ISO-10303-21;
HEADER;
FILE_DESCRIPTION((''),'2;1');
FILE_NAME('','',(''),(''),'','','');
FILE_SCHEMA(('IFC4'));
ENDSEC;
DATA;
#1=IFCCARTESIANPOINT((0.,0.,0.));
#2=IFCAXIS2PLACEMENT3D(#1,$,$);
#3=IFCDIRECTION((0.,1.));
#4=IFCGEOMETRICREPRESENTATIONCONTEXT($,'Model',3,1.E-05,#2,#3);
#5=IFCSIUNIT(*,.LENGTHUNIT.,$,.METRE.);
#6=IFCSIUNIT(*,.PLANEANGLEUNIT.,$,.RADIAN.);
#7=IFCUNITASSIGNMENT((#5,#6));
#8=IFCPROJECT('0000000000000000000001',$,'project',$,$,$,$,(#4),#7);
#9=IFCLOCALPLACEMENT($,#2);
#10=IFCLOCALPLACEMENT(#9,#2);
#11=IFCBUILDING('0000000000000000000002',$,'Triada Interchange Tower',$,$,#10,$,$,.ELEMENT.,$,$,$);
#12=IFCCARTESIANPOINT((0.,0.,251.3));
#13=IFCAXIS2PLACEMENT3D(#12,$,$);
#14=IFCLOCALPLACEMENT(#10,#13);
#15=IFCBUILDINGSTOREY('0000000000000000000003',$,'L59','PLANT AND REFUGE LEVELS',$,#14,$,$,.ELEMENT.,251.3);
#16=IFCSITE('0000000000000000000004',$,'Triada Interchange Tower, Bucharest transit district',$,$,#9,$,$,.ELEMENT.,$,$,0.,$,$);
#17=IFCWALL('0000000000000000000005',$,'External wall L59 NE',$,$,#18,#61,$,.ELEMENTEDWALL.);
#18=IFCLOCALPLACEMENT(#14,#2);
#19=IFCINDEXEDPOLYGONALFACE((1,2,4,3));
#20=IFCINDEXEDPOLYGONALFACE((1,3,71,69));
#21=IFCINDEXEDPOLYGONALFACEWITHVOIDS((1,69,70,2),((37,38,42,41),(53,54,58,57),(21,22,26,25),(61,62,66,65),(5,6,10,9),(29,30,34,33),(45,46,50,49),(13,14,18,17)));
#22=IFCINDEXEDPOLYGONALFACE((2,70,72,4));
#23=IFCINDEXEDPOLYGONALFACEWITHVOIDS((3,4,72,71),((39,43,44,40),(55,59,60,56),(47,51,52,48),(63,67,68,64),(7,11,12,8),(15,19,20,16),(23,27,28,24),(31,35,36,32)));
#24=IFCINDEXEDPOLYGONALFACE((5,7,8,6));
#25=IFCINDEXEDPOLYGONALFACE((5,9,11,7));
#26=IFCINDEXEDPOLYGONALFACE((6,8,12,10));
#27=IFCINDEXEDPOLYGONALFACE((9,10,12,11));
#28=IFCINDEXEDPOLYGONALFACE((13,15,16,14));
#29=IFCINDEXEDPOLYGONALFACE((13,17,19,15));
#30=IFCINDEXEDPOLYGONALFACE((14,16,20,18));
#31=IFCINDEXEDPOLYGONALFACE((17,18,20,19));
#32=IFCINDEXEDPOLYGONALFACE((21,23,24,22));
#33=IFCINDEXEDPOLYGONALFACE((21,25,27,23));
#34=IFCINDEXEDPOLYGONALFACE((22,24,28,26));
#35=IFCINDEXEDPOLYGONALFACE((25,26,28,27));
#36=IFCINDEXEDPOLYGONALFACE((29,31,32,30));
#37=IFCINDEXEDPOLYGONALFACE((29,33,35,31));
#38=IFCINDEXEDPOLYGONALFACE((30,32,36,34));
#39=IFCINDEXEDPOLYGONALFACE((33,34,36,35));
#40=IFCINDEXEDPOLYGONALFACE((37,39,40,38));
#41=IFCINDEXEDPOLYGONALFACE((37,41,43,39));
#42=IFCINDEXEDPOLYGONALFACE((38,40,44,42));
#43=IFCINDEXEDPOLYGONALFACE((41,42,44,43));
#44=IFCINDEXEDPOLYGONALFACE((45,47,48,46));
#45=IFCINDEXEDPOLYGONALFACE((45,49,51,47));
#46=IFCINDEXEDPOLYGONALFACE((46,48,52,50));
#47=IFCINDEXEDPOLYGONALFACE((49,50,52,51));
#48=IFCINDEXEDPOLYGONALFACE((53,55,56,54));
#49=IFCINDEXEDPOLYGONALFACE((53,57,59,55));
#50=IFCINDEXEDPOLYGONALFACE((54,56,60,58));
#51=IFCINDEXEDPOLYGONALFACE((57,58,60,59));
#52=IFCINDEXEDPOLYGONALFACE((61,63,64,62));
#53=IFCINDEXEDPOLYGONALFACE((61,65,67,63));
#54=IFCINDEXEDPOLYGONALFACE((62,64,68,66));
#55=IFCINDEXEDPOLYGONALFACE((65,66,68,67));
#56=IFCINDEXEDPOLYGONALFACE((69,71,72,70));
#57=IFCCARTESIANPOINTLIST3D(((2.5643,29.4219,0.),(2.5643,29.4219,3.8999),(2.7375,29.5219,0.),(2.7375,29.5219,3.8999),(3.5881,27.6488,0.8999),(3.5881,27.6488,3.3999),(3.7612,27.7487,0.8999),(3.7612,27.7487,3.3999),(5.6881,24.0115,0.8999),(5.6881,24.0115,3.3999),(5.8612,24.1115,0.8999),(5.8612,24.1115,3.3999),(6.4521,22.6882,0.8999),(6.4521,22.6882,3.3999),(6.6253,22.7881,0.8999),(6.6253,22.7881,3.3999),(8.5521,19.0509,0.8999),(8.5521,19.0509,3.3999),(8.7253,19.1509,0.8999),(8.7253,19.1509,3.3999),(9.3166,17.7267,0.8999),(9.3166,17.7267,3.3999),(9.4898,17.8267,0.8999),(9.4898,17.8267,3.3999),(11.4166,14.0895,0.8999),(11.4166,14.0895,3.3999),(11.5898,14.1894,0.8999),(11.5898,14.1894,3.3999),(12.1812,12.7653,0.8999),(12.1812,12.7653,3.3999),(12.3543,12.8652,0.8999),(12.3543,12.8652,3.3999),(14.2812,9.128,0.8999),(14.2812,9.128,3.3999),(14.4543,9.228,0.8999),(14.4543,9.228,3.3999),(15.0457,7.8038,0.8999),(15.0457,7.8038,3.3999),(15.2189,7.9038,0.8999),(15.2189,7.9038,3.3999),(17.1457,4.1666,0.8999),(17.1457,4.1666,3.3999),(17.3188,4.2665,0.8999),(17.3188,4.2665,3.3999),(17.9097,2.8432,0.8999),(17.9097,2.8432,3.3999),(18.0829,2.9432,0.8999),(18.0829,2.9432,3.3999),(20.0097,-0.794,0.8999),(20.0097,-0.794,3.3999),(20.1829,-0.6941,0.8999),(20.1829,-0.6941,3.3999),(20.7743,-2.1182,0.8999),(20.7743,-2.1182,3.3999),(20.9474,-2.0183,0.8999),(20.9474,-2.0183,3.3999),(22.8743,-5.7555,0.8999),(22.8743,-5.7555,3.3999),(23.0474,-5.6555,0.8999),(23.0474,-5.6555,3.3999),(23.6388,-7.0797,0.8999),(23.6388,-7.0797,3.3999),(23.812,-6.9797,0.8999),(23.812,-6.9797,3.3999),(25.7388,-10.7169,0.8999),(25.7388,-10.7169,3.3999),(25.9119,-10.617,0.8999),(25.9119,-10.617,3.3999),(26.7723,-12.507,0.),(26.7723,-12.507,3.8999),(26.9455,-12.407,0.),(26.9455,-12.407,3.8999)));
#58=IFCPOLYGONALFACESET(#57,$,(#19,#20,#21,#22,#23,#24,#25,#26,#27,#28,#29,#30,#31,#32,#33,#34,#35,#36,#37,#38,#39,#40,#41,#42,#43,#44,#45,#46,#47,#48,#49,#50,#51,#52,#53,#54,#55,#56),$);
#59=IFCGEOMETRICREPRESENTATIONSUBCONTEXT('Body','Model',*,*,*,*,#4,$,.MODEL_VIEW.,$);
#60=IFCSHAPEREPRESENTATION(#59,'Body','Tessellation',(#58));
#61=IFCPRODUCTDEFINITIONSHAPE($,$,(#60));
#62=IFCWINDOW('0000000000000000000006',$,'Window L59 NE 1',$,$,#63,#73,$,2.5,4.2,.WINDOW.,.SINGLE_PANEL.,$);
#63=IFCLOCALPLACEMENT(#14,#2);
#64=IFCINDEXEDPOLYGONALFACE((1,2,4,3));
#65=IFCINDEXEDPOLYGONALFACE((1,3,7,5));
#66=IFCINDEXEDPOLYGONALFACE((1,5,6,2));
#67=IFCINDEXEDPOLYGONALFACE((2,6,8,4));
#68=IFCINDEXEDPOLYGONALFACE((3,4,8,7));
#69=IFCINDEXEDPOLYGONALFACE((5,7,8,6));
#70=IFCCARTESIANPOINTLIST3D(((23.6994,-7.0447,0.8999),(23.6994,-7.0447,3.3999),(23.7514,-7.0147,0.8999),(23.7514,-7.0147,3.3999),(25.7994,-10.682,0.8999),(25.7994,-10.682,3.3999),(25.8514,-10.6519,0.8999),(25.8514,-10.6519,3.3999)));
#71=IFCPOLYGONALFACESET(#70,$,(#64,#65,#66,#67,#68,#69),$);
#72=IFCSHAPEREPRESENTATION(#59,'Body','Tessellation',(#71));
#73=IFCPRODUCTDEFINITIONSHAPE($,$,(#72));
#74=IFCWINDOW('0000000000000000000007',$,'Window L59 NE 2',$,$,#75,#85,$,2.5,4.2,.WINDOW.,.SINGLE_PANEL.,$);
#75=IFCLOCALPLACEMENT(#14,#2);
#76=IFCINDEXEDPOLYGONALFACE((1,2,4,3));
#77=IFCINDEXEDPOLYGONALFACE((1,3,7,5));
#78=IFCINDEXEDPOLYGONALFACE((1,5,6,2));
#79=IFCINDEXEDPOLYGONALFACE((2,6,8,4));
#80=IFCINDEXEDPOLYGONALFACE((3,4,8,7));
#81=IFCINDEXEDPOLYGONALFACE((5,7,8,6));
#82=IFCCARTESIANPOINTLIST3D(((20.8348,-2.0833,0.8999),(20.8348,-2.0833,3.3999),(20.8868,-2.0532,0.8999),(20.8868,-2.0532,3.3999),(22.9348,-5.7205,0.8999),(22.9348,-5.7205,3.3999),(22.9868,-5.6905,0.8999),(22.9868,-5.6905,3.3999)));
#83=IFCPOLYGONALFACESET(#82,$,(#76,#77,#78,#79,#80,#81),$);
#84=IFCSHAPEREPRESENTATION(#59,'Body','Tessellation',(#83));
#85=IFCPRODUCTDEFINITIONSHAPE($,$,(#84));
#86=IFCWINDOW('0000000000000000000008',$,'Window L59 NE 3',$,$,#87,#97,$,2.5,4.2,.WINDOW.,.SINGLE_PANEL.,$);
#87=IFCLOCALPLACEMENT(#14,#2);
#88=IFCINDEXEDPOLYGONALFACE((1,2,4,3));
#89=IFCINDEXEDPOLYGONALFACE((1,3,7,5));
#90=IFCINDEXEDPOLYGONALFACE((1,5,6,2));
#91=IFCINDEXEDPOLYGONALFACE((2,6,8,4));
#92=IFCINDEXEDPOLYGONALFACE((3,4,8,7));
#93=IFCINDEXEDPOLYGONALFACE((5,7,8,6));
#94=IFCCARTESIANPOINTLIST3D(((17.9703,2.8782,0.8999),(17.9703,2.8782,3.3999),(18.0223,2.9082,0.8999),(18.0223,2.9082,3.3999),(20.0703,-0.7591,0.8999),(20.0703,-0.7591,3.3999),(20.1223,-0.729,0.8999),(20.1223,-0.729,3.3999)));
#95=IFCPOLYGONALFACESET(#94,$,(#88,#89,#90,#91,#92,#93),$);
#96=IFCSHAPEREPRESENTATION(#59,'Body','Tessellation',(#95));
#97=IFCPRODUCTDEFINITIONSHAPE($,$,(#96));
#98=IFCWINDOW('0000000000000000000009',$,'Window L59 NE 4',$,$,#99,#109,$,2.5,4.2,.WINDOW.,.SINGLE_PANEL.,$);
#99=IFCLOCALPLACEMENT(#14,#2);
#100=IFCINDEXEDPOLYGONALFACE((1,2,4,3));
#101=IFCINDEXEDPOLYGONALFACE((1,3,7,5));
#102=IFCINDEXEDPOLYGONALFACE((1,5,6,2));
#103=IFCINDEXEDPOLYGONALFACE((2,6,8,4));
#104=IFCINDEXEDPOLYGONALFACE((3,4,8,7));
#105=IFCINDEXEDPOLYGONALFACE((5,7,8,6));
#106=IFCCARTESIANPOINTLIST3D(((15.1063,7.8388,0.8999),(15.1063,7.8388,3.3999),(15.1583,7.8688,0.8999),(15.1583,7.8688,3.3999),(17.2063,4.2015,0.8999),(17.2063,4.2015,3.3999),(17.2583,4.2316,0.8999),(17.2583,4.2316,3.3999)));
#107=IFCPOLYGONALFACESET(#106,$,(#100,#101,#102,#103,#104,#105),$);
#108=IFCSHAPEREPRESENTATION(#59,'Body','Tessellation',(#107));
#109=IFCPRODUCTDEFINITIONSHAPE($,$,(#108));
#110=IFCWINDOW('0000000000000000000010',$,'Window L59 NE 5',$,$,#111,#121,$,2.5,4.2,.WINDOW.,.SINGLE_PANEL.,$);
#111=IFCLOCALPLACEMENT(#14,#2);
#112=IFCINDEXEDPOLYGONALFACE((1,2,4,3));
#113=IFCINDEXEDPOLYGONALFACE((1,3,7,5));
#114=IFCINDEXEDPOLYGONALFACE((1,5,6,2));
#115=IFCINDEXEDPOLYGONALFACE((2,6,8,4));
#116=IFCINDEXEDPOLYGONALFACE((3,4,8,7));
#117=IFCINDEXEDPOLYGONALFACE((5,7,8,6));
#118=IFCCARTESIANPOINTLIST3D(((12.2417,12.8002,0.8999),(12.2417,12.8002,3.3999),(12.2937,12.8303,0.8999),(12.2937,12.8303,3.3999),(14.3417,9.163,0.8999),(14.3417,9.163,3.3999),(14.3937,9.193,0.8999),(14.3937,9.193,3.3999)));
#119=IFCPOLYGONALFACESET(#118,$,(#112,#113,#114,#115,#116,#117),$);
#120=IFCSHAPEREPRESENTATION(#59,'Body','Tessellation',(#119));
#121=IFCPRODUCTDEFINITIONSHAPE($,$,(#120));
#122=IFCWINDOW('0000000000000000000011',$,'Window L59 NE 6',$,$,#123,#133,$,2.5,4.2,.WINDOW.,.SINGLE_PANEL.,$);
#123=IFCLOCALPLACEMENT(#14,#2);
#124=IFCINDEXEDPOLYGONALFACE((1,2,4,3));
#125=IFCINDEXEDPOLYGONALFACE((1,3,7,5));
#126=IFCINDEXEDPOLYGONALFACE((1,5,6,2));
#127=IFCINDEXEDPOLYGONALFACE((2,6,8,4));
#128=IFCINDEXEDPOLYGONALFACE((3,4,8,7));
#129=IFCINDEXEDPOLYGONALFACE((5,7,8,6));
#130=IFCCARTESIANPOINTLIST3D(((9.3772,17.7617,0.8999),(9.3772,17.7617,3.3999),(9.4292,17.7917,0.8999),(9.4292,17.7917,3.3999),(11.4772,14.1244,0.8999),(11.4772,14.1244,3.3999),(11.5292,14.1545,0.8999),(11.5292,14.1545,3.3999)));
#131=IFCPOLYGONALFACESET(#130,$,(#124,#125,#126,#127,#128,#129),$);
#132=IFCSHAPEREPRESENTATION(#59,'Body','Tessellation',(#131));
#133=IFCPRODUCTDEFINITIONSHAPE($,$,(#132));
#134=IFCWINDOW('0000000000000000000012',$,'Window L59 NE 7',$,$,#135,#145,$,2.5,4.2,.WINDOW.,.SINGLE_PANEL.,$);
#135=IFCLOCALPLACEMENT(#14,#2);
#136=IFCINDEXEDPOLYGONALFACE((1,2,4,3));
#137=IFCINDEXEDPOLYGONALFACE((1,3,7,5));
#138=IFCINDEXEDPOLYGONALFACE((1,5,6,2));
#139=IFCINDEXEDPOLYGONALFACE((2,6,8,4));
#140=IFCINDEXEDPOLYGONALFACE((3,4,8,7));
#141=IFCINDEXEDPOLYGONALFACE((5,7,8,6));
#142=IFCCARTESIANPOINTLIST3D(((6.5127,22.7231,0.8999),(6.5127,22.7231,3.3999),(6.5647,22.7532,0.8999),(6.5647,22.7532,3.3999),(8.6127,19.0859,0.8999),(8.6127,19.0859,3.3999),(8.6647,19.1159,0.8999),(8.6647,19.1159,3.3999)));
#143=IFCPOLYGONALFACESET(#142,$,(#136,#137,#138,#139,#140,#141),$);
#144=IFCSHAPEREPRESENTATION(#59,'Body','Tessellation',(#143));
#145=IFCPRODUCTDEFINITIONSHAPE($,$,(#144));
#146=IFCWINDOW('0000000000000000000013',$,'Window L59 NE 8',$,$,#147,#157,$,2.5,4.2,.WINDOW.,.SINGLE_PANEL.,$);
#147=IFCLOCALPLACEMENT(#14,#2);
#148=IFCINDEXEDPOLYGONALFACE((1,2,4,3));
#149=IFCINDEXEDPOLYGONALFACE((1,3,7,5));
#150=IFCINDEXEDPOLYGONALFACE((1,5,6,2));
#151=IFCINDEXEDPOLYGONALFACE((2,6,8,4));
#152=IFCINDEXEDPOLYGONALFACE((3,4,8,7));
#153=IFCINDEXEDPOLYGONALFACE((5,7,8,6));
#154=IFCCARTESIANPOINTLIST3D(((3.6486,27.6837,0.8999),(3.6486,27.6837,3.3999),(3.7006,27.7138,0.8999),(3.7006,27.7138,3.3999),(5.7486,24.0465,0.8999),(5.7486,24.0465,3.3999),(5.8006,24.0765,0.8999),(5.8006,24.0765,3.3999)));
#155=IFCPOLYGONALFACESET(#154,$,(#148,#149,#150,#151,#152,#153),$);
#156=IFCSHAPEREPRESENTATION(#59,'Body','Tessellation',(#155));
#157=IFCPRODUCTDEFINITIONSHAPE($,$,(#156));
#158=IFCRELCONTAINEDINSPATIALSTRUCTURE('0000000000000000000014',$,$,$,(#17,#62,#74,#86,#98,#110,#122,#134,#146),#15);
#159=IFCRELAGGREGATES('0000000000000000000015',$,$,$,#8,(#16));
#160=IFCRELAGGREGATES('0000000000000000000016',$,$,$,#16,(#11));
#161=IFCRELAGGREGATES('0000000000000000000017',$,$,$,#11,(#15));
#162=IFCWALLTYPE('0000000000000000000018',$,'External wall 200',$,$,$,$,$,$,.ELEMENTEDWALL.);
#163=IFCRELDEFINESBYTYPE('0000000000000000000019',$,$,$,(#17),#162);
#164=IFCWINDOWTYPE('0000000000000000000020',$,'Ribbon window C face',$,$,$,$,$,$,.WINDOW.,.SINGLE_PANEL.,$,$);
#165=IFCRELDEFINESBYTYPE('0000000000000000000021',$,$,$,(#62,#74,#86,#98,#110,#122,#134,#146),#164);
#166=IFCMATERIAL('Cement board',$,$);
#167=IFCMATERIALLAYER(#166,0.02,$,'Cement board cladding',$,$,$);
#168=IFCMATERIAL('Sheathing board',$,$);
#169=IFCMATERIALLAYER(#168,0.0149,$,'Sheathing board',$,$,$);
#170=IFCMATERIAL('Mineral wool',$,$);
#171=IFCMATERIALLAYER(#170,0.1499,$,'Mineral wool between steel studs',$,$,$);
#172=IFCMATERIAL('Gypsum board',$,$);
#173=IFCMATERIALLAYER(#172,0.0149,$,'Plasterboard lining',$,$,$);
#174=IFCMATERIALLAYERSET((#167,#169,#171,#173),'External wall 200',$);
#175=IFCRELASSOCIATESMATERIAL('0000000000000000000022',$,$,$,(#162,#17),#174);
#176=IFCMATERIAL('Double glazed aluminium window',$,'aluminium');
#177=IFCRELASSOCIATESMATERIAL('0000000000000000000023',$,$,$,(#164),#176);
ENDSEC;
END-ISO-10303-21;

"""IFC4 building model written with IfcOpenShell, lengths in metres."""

from ifc_helpers import new_model, si_unit, direction, frame, frame_2d, origin, place, context, subcontext, project, spatial, rectangle, extrude, material, layer, layer_set, layer_usage, type_object, element, fill, save


model = new_model("IFC4")

# Units and contexts
model_context = context("Model", 3, precision=1e-05, world=origin(), true_north=direction((0.0, 1.0)))
body_context = subcontext(model_context, "Body", "Model", "MODEL_VIEW")
ifc_project = project(units=[si_unit("LENGTHUNIT", "METRE"), si_unit("PLANEANGLEUNIT", "RADIAN")], contexts=[model_context])

# Site, building, storey
site_placement = place(None, origin())
site = spatial("IfcSite", under=ifc_project, at=site_placement, Name="Triada Interchange Tower, Bucharest transit district", CompositionType="ELEMENT", RefElevation=0.0)
building_placement = place(site_placement, origin())
building = spatial("IfcBuilding", under=site, at=building_placement, Name="Triada Interchange Tower", CompositionType="ELEMENT")
storey_placement = place(building_placement, frame((0.0, 0.0, 251.3)))
storey = spatial("IfcBuildingStorey", under=building, at=storey_placement, Name="L59", Description="PLANT AND REFUGE LEVELS", CompositionType="ELEMENT", Elevation=251.3)

# Shared definitions
ifc_material_1 = material(Name="Cement board")
ifc_layer_1 = layer(ifc_material_1, 0.02, Name="Cement board cladding")
ifc_material_2 = material(Name="Sheathing board")
ifc_layer_2 = layer(ifc_material_2, 0.0149, Name="Sheathing board")
ifc_material_3 = material(Name="Mineral wool")
ifc_layer_3 = layer(ifc_material_3, 0.1499, Name="Mineral wool between steel studs")
ifc_material_4 = material(Name="Gypsum board")
ifc_layer_4 = layer(ifc_material_4, 0.0149, Name="Plasterboard lining")
ifc_layer_set_1 = layer_set([ifc_layer_1, ifc_layer_2, ifc_layer_3, ifc_layer_4], Name="External wall 200")
ifc_layer_usage = layer_usage(ifc_layer_set_1, "AXIS2", "POSITIVE", -0.1001)
wall_type = type_object("IfcWallType", Name="External wall 200", PredefinedType="ELEMENTEDWALL", material=ifc_layer_set_1)
ifc_material_5 = material(Name="Double glazed aluminium window", Category="aluminium")

# Wall, openings, windows
wall_1_placement = place(storey_placement, frame((26.8589, -12.457, 0.0), z_axis=(0.0, 0.0, 1.0), x_axis=(-0.500005, 0.866023, 0.0)))
wall_1 = element("IfcWall", 1, at=wall_1_placement, inside=storey, type_object=wall_type, material=ifc_layer_usage, Name="External wall L59 NE", PredefinedType="ELEMENTEDWALL", context=body_context, shape_type="SweptSolid", body=[
    extrude(rectangle(XDim=48.4155, YDim=0.2, at=frame_2d((24.2078, 0.0))), origin(), (0.0, 0.0, 1.0), 3.8999),
])
opening_1_placement = place(wall_1_placement, frame((2.0669, 0.0, 0.8999)))
opening_1 = element("IfcOpeningElement", 2, at=opening_1_placement, cuts=wall_1, PredefinedType="OPENING", context=body_context, shape_type="SweptSolid", body=[
    extrude(rectangle(XDim=4.2, YDim=2.5, at=frame_2d((2.1001, 1.25))), frame((0.0, 0.1099, 0.0), z_axis=(0.0, -1.0, 0.0), x_axis=(1.0, 0.0, 0.0)), (0.0, 0.0, 1.0), 0.22),
])
opening_2_placement = place(wall_1_placement, frame((7.7959, 0.0, 0.8999)))
opening_2 = element("IfcOpeningElement", 3, at=opening_2_placement, cuts=wall_1, PredefinedType="OPENING", context=body_context, shape_type="SweptSolid", body=[
    extrude(rectangle(XDim=4.2, YDim=2.5, at=frame_2d((2.1001, 1.25))), frame((0.0, 0.1099, 0.0), z_axis=(0.0, -1.0, 0.0), x_axis=(1.0, 0.0, 0.0)), (0.0, 0.0, 1.0), 0.22),
])
opening_3_placement = place(wall_1_placement, frame((13.5249, 0.0, 0.8999)))
opening_3 = element("IfcOpeningElement", 4, at=opening_3_placement, cuts=wall_1, PredefinedType="OPENING", context=body_context, shape_type="SweptSolid", body=[
    extrude(rectangle(XDim=4.2, YDim=2.5, at=frame_2d((2.1001, 1.25))), frame((0.0, 0.1099, 0.0), z_axis=(0.0, -1.0, 0.0), x_axis=(1.0, 0.0, 0.0)), (0.0, 0.0, 1.0), 0.22),
])
opening_4_placement = place(wall_1_placement, frame((19.2529, 0.0, 0.8999)))
opening_4 = element("IfcOpeningElement", 5, at=opening_4_placement, cuts=wall_1, PredefinedType="OPENING", context=body_context, shape_type="SweptSolid", body=[
    extrude(rectangle(XDim=4.2, YDim=2.5, at=frame_2d((2.1001, 1.25))), frame((0.0, 0.1099, 0.0), z_axis=(0.0, -1.0, 0.0), x_axis=(1.0, 0.0, 0.0)), (0.0, 0.0, 1.0), 0.22),
])
opening_5_placement = place(wall_1_placement, frame((24.9819, 0.0, 0.8999)))
opening_5 = element("IfcOpeningElement", 6, at=opening_5_placement, cuts=wall_1, PredefinedType="OPENING", context=body_context, shape_type="SweptSolid", body=[
    extrude(rectangle(XDim=4.2, YDim=2.5, at=frame_2d((2.1001, 1.25))), frame((0.0, 0.1099, 0.0), z_axis=(0.0, -1.0, 0.0), x_axis=(1.0, 0.0, 0.0)), (0.0, 0.0, 1.0), 0.22),
])
opening_6_placement = place(wall_1_placement, frame((30.7109, 0.0, 0.8999)))
opening_6 = element("IfcOpeningElement", 7, at=opening_6_placement, cuts=wall_1, PredefinedType="OPENING", context=body_context, shape_type="SweptSolid", body=[
    extrude(rectangle(XDim=4.2, YDim=2.5, at=frame_2d((2.1001, 1.25))), frame((0.0, 0.1099, 0.0), z_axis=(0.0, -1.0, 0.0), x_axis=(1.0, 0.0, 0.0)), (0.0, 0.0, 1.0), 0.22),
])
opening_7_placement = place(wall_1_placement, frame((36.4399, 0.0, 0.8999)))
opening_7 = element("IfcOpeningElement", 8, at=opening_7_placement, cuts=wall_1, PredefinedType="OPENING", context=body_context, shape_type="SweptSolid", body=[
    extrude(rectangle(XDim=4.2, YDim=2.5, at=frame_2d((2.1001, 1.25))), frame((0.0, 0.1099, 0.0), z_axis=(0.0, -1.0, 0.0), x_axis=(1.0, 0.0, 0.0)), (0.0, 0.0, 1.0), 0.22),
])
opening_8_placement = place(wall_1_placement, frame((42.168, 0.0, 0.8999)))
opening_8 = element("IfcOpeningElement", 9, at=opening_8_placement, cuts=wall_1, PredefinedType="OPENING", context=body_context, shape_type="SweptSolid", body=[
    extrude(rectangle(XDim=4.2, YDim=2.5, at=frame_2d((2.1001, 1.25))), frame((0.0, 0.1099, 0.0), z_axis=(0.0, -1.0, 0.0), x_axis=(1.0, 0.0, 0.0)), (0.0, 0.0, 1.0), 0.22),
])
window_type_1 = type_object("IfcWindowType", Name="Ribbon window C face", PartitioningType="SINGLE_PANEL", PredefinedType="WINDOW", material=ifc_material_5)
window_1_placement = place(opening_1_placement, origin())
window_1 = element("IfcWindow", 10, at=window_1_placement, inside=storey, type_object=window_type_1, Name="Window L59 NE 1", OverallHeight=2.5, OverallWidth=4.2, PartitioningType="SINGLE_PANEL", PredefinedType="WINDOW", context=body_context, shape_type="SweptSolid", body=[
    extrude(rectangle(XDim=4.2, YDim=2.5, at=frame_2d((2.1001, 1.25))), frame((0.0, 0.03, 0.0), z_axis=(0.0, -1.0, 0.0), x_axis=(1.0, 0.0, 0.0)), (0.0, 0.0, 1.0), 0.0601),
])
fill(opening_1, window_1)
window_2_placement = place(opening_2_placement, origin())
window_2 = element("IfcWindow", 11, at=window_2_placement, inside=storey, type_object=window_type_1, Name="Window L59 NE 2", OverallHeight=2.5, OverallWidth=4.2, PartitioningType="SINGLE_PANEL", PredefinedType="WINDOW", context=body_context, shape_type="SweptSolid", body=[
    extrude(rectangle(XDim=4.2, YDim=2.5, at=frame_2d((2.1001, 1.25))), frame((0.0, 0.03, 0.0), z_axis=(0.0, -1.0, 0.0), x_axis=(1.0, 0.0, 0.0)), (0.0, 0.0, 1.0), 0.0601),
])
fill(opening_2, window_2)
window_3_placement = place(opening_3_placement, origin())
window_3 = element("IfcWindow", 12, at=window_3_placement, inside=storey, type_object=window_type_1, Name="Window L59 NE 3", OverallHeight=2.5, OverallWidth=4.2, PartitioningType="SINGLE_PANEL", PredefinedType="WINDOW", context=body_context, shape_type="SweptSolid", body=[
    extrude(rectangle(XDim=4.2, YDim=2.5, at=frame_2d((2.1001, 1.25))), frame((0.0, 0.03, 0.0), z_axis=(0.0, -1.0, 0.0), x_axis=(1.0, 0.0, 0.0)), (0.0, 0.0, 1.0), 0.0601),
])
fill(opening_3, window_3)
window_4_placement = place(opening_4_placement, origin())
window_4 = element("IfcWindow", 13, at=window_4_placement, inside=storey, type_object=window_type_1, Name="Window L59 NE 4", OverallHeight=2.5, OverallWidth=4.2, PartitioningType="SINGLE_PANEL", PredefinedType="WINDOW", context=body_context, shape_type="SweptSolid", body=[
    extrude(rectangle(XDim=4.2, YDim=2.5, at=frame_2d((2.1001, 1.25))), frame((0.0, 0.03, 0.0), z_axis=(0.0, -1.0, 0.0), x_axis=(1.0, 0.0, 0.0)), (0.0, 0.0, 1.0), 0.0601),
])
fill(opening_4, window_4)
window_5_placement = place(opening_5_placement, origin())
window_5 = element("IfcWindow", 14, at=window_5_placement, inside=storey, type_object=window_type_1, Name="Window L59 NE 5", OverallHeight=2.5, OverallWidth=4.2, PartitioningType="SINGLE_PANEL", PredefinedType="WINDOW", context=body_context, shape_type="SweptSolid", body=[
    extrude(rectangle(XDim=4.2, YDim=2.5, at=frame_2d((2.1001, 1.25))), frame((0.0, 0.03, 0.0), z_axis=(0.0, -1.0, 0.0), x_axis=(1.0, 0.0, 0.0)), (0.0, 0.0, 1.0), 0.0601),
])
fill(opening_5, window_5)
window_6_placement = place(opening_6_placement, origin())
window_6 = element("IfcWindow", 15, at=window_6_placement, inside=storey, type_object=window_type_1, Name="Window L59 NE 6", OverallHeight=2.5, OverallWidth=4.2, PartitioningType="SINGLE_PANEL", PredefinedType="WINDOW", context=body_context, shape_type="SweptSolid", body=[
    extrude(rectangle(XDim=4.2, YDim=2.5, at=frame_2d((2.1001, 1.25))), frame((0.0, 0.03, 0.0), z_axis=(0.0, -1.0, 0.0), x_axis=(1.0, 0.0, 0.0)), (0.0, 0.0, 1.0), 0.0601),
])
fill(opening_6, window_6)
window_7_placement = place(opening_7_placement, origin())
window_7 = element("IfcWindow", 16, at=window_7_placement, inside=storey, type_object=window_type_1, Name="Window L59 NE 7", OverallHeight=2.5, OverallWidth=4.2, PartitioningType="SINGLE_PANEL", PredefinedType="WINDOW", context=body_context, shape_type="SweptSolid", body=[
    extrude(rectangle(XDim=4.2, YDim=2.5, at=frame_2d((2.1001, 1.25))), frame((0.0, 0.03, 0.0), z_axis=(0.0, -1.0, 0.0), x_axis=(1.0, 0.0, 0.0)), (0.0, 0.0, 1.0), 0.0601),
])
fill(opening_7, window_7)
window_8_placement = place(opening_8_placement, origin())
window_8 = element("IfcWindow", 17, at=window_8_placement, inside=storey, type_object=window_type_1, Name="Window L59 NE 8", OverallHeight=2.5, OverallWidth=4.2, PartitioningType="SINGLE_PANEL", PredefinedType="WINDOW", context=body_context, shape_type="SweptSolid", body=[
    extrude(rectangle(XDim=4.2, YDim=2.5, at=frame_2d((2.1001, 1.25))), frame((0.0, 0.03, 0.0), z_axis=(0.0, -1.0, 0.0), x_axis=(1.0, 0.0, 0.0)), (0.0, 0.0, 1.0), 0.0601),
])
fill(opening_8, window_8)

save(model, "model.ifc")
